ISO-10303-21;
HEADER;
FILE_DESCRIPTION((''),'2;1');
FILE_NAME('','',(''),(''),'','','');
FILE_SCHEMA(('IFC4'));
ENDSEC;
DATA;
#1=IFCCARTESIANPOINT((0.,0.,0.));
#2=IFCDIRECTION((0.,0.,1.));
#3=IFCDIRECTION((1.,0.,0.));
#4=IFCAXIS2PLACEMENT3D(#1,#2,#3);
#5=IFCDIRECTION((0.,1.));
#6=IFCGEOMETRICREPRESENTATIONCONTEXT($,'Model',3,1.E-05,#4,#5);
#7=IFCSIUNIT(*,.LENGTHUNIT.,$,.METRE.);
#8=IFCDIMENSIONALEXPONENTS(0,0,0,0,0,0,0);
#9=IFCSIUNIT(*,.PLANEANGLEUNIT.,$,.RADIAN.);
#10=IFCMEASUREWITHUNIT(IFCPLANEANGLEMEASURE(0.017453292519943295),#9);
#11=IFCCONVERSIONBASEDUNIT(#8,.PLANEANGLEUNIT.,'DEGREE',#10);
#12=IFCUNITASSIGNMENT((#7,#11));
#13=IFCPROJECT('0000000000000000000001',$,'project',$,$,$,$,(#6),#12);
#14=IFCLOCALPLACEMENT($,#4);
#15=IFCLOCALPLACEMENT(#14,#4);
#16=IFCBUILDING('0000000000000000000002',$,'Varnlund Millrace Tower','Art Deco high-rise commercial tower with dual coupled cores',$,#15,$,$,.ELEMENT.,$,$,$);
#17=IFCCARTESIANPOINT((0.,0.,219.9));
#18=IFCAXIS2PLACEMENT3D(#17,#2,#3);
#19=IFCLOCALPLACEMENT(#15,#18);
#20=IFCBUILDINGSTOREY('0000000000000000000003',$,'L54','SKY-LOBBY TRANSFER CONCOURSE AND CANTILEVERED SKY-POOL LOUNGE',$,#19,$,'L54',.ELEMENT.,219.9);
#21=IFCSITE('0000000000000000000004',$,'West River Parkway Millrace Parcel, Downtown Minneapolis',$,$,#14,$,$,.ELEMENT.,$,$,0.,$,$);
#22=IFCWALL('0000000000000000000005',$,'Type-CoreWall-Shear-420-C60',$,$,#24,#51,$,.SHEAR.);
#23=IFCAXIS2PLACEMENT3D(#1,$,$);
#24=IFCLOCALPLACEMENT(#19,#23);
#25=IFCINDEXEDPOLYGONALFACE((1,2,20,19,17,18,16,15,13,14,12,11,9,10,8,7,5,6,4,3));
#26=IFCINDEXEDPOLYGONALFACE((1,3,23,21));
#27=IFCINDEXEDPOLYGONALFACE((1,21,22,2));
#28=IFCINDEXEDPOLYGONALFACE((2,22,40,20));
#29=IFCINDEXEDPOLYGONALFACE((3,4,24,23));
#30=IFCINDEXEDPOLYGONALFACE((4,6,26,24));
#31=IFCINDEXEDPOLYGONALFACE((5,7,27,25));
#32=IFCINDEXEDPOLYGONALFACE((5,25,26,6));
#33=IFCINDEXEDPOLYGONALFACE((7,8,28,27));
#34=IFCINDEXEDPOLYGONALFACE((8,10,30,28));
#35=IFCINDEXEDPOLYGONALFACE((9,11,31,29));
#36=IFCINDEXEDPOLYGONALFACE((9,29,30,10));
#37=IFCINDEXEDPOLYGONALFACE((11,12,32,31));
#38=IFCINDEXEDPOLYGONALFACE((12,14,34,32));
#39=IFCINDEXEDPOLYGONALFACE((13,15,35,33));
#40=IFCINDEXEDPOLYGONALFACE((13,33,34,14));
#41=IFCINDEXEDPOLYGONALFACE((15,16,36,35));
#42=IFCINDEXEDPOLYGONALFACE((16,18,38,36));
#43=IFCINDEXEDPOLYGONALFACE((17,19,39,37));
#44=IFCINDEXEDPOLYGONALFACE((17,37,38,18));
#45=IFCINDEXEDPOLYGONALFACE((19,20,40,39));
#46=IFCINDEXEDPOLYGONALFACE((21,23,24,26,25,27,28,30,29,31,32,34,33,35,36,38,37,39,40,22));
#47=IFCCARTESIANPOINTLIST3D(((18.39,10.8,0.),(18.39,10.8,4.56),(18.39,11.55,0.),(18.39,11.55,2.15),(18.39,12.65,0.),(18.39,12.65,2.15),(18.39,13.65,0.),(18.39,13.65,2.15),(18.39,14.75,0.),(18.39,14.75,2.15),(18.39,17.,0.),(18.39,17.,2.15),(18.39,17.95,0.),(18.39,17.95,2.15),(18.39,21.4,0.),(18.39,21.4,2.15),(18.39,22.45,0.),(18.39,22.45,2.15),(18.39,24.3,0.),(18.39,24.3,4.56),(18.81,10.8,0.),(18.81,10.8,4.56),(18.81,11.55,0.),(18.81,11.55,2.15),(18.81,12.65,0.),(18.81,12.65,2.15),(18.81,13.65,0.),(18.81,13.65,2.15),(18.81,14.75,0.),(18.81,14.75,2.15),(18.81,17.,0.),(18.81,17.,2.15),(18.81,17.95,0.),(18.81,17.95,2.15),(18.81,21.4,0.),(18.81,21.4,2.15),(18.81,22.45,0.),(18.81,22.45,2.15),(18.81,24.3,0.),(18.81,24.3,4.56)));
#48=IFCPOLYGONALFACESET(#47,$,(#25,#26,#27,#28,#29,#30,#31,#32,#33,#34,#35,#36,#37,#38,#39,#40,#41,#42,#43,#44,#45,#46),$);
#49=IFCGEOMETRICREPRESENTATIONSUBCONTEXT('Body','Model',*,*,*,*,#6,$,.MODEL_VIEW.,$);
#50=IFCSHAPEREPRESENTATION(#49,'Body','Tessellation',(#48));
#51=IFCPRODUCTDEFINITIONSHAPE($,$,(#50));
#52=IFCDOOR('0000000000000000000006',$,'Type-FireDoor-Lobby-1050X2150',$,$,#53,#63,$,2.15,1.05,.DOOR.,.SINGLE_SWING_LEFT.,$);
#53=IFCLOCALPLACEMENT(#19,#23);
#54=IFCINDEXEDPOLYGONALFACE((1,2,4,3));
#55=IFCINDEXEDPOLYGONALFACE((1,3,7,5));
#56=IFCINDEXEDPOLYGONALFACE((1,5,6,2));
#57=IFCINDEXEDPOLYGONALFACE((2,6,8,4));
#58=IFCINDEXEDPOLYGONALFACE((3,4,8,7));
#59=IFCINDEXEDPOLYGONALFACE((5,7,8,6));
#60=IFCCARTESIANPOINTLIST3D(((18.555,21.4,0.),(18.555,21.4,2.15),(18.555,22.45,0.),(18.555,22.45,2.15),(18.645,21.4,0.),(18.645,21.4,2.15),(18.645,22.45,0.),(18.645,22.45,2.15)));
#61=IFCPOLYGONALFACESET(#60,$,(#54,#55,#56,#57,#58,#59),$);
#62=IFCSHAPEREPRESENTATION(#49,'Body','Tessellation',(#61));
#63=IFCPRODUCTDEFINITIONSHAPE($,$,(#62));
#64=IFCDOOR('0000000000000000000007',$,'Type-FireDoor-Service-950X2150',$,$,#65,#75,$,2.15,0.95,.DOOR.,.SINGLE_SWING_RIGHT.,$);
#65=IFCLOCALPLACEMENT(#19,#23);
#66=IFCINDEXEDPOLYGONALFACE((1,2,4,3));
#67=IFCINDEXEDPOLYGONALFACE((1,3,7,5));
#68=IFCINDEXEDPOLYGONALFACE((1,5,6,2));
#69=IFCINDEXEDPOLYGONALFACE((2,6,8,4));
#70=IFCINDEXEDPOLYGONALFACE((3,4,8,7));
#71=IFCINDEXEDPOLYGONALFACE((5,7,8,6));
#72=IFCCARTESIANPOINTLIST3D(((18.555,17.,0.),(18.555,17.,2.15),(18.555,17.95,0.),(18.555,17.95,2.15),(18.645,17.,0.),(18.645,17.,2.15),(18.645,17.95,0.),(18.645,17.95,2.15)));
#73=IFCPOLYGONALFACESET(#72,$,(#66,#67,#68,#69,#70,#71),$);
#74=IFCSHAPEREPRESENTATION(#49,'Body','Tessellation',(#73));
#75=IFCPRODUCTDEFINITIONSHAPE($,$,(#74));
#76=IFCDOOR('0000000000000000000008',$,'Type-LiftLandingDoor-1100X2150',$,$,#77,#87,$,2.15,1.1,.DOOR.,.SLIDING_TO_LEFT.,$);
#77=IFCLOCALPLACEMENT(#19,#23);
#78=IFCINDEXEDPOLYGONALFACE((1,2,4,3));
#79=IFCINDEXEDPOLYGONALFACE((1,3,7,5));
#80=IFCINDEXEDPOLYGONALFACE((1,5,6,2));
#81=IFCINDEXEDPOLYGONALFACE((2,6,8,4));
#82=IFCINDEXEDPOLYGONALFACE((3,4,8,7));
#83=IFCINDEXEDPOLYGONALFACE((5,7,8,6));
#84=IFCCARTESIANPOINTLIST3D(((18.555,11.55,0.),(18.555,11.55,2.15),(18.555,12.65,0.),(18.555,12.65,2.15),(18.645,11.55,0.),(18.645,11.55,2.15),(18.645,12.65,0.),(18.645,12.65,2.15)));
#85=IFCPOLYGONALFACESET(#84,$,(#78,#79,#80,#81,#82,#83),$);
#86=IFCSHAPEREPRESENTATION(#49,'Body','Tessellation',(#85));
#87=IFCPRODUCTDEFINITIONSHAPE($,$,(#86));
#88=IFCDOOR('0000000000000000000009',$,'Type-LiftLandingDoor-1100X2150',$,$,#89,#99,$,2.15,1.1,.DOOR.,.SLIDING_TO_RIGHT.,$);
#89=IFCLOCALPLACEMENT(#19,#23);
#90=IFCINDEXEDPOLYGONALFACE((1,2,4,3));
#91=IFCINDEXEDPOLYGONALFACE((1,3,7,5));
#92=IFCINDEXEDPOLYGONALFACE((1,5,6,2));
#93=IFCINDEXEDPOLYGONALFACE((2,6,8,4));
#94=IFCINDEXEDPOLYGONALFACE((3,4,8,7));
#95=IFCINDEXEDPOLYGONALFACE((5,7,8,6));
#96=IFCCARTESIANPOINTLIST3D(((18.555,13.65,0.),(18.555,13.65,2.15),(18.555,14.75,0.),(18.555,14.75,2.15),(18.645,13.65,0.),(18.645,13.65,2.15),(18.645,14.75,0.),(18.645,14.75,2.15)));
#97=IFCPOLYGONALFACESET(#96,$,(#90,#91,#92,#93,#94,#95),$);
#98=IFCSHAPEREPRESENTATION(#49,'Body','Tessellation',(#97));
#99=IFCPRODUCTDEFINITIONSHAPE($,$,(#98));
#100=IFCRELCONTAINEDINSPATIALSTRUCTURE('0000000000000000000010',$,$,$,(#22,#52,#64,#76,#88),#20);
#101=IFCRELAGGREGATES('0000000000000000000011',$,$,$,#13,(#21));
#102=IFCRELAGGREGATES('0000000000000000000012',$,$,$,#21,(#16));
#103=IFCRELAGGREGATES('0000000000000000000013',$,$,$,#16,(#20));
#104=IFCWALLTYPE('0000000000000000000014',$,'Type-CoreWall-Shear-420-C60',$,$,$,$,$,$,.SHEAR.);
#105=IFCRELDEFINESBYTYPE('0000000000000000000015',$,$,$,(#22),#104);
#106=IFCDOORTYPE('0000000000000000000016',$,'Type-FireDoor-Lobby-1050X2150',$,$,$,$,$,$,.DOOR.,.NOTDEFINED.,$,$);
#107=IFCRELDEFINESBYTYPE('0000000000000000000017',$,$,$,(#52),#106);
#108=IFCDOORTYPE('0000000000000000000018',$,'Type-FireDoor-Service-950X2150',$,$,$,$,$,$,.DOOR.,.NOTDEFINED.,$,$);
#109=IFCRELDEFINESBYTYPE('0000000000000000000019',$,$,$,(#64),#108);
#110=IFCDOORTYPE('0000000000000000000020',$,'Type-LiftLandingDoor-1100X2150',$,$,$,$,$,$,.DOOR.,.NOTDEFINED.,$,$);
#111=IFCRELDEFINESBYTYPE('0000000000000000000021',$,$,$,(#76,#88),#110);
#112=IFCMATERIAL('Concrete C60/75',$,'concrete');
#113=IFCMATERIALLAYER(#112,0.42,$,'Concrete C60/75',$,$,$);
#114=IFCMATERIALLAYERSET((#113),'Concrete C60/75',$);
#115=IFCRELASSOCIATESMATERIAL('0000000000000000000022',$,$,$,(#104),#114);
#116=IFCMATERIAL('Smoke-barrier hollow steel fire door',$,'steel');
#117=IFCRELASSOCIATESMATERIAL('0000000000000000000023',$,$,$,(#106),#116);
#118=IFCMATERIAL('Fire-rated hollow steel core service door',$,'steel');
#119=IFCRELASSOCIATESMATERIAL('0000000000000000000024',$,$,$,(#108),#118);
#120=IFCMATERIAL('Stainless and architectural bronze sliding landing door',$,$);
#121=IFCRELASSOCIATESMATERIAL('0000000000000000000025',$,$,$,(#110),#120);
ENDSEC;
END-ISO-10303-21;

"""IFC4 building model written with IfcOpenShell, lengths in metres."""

from ifc_helpers import new_model, entity, si_unit, converted_unit, direction, frame, origin_with_axes, origin_2d_with_axis, place, context, subcontext, project, spatial, polyline, rectangle, outline, extrude, material, layer, layer_set, type_object, element, fill, save


model = new_model("IFC4")

# Units and contexts
model_context = context("Model", 3, precision=1e-05, world=origin_with_axes(), true_north=direction((0.0, 1.0)))
body_context = subcontext(model_context, "Body", "Model", "MODEL_VIEW")
ifc_project = project(units=[si_unit("LENGTHUNIT", "METRE"), converted_unit("PLANEANGLEUNIT", "DEGREE", entity("IfcPlaneAngleMeasure", 0.017453292519943295), si_unit("PLANEANGLEUNIT", "RADIAN"), dimensions=[0, 0, 0, 0, 0, 0, 0])], contexts=[model_context])

# Site, building, storey
site_placement = place(None, origin_with_axes())
site = spatial("IfcSite", under=ifc_project, at=site_placement, Name="West River Parkway Millrace Parcel, Downtown Minneapolis", CompositionType="ELEMENT", RefElevation=0.0)
building_placement = place(site_placement, origin_with_axes())
building = spatial("IfcBuilding", under=site, at=building_placement, Name="Varnlund Millrace Tower", Description="Art Deco high-rise commercial tower with dual coupled cores", CompositionType="ELEMENT")
storey_placement = place(building_placement, frame((0.0, 0.0, 219.9), z_axis=(0.0, 0.0, 1.0), x_axis=(1.0, 0.0, 0.0)))
storey = spatial("IfcBuildingStorey", under=building, at=storey_placement, Name="L54", Description="SKY-LOBBY TRANSFER CONCOURSE AND CANTILEVERED SKY-POOL LOUNGE", LongName="L54", CompositionType="ELEMENT", Elevation=219.9)

# Wall, openings, doors
ifc_material_1 = material(Name="Concrete C60/75", Category="concrete")
ifc_layer_1 = layer(ifc_material_1, 0.42, Name="Concrete C60/75")
ifc_layer_set_1 = layer_set([ifc_layer_1], Name="Concrete C60/75")
wall_type_1 = type_object("IfcWallType", Name="Type-CoreWall-Shear-420-C60", PredefinedType="SHEAR", material=ifc_layer_set_1)
wall_1_placement = place(storey_placement, frame((18.6, 10.8, 0.0), z_axis=(0.0, 0.0, 1.0), x_axis=(0.0, 1.0, 0.0)))
wall_1 = element("IfcWall", 1, at=wall_1_placement, inside=storey, type_object=wall_type_1, Name="Type-CoreWall-Shear-420-C60", PredefinedType="SHEAR", context=body_context, shape_type="SweptSolid", body=[
    extrude(outline(polyline([(0.0, -0.21), (13.5, -0.21), (13.5, 0.21), (0.0, 0.21), (0.0, -0.21)])), origin_with_axes(), (0.0, 0.0, 1.0), 4.56),
])
opening_1_placement = place(wall_1_placement, frame((1.3, 0.0, 0.0), z_axis=(0.0, 0.0, 1.0), x_axis=(1.0, 0.0, 0.0)))
opening_1 = element("IfcOpeningElement", 2, at=opening_1_placement, cuts=wall_1, PredefinedType="OPENING", context=body_context, shape_type="SweptSolid", body=[
    extrude(rectangle(XDim=1.1, YDim=0.44, at=origin_2d_with_axis()), origin_with_axes(), (0.0, 0.0, 1.0), 2.15),
])
opening_2_placement = place(wall_1_placement, frame((3.4, 0.0, 0.0), z_axis=(0.0, 0.0, 1.0), x_axis=(1.0, 0.0, 0.0)))
opening_2 = element("IfcOpeningElement", 3, at=opening_2_placement, cuts=wall_1, PredefinedType="OPENING", context=body_context, shape_type="SweptSolid", body=[
    extrude(rectangle(XDim=1.1, YDim=0.44, at=origin_2d_with_axis()), origin_with_axes(), (0.0, 0.0, 1.0), 2.15),
])
opening_3_placement = place(wall_1_placement, frame((11.125, 0.0, 0.0), z_axis=(0.0, 0.0, 1.0), x_axis=(1.0, 0.0, 0.0)))
opening_3 = element("IfcOpeningElement", 4, at=opening_3_placement, cuts=wall_1, PredefinedType="OPENING", context=body_context, shape_type="SweptSolid", body=[
    extrude(rectangle(XDim=1.05, YDim=0.44, at=origin_2d_with_axis()), origin_with_axes(), (0.0, 0.0, 1.0), 2.15),
])
opening_4_placement = place(wall_1_placement, frame((6.675, 0.0, 0.0), z_axis=(0.0, 0.0, 1.0), x_axis=(1.0, 0.0, 0.0)))
opening_4 = element("IfcOpeningElement", 5, at=opening_4_placement, cuts=wall_1, PredefinedType="OPENING", context=body_context, shape_type="SweptSolid", body=[
    extrude(rectangle(XDim=0.95, YDim=0.44, at=origin_2d_with_axis()), origin_with_axes(), (0.0, 0.0, 1.0), 2.15),
])
ifc_material_2 = material(Name="Smoke-barrier hollow steel fire door", Category="steel")
door_type_1 = type_object("IfcDoorType", Name="Type-FireDoor-Lobby-1050X2150", OperationType="NOTDEFINED", PredefinedType="DOOR", material=ifc_material_2)
door_1_placement = place(wall_1_placement, frame((11.125, 0.0, 0.0), z_axis=(0.0, 0.0, 1.0), x_axis=(1.0, 0.0, 0.0)))
door_1 = element("IfcDoor", 6, at=door_1_placement, inside=storey, type_object=door_type_1, Name="Type-FireDoor-Lobby-1050X2150", OperationType="SINGLE_SWING_LEFT", OverallHeight=2.15, OverallWidth=1.05, PredefinedType="DOOR", context=body_context, shape_type="SweptSolid", body=[
    extrude(rectangle(XDim=1.05, YDim=0.09, at=origin_2d_with_axis()), origin_with_axes(), (0.0, 0.0, 1.0), 2.15),
])
fill(opening_3, door_1)
ifc_material_3 = material(Name="Fire-rated hollow steel core service door", Category="steel")
door_type_2 = type_object("IfcDoorType", Name="Type-FireDoor-Service-950X2150", OperationType="NOTDEFINED", PredefinedType="DOOR", material=ifc_material_3)
door_2_placement = place(wall_1_placement, frame((6.675, 0.0, 0.0), z_axis=(0.0, 0.0, 1.0), x_axis=(1.0, 0.0, 0.0)))
door_2 = element("IfcDoor", 7, at=door_2_placement, inside=storey, type_object=door_type_2, Name="Type-FireDoor-Service-950X2150", OperationType="SINGLE_SWING_RIGHT", OverallHeight=2.15, OverallWidth=0.95, PredefinedType="DOOR", context=body_context, shape_type="SweptSolid", body=[
    extrude(rectangle(XDim=0.95, YDim=0.09, at=origin_2d_with_axis()), origin_with_axes(), (0.0, 0.0, 1.0), 2.15),
])
fill(opening_4, door_2)
ifc_material_4 = material(Name="Stainless and architectural bronze sliding landing door")
door_type_3 = type_object("IfcDoorType", Name="Type-LiftLandingDoor-1100X2150", OperationType="NOTDEFINED", PredefinedType="DOOR", material=ifc_material_4)
door_3_placement = place(wall_1_placement, frame((1.3, 0.0, 0.0), z_axis=(0.0, 0.0, 1.0), x_axis=(1.0, 0.0, 0.0)))
door_3 = element("IfcDoor", 8, at=door_3_placement, inside=storey, type_object=door_type_3, Name="Type-LiftLandingDoor-1100X2150", OperationType="SLIDING_TO_LEFT", OverallHeight=2.15, OverallWidth=1.1, PredefinedType="DOOR", context=body_context, shape_type="SweptSolid", body=[
    extrude(rectangle(XDim=1.1, YDim=0.09, at=origin_2d_with_axis()), origin_with_axes(), (0.0, 0.0, 1.0), 2.15),
])
fill(opening_1, door_3)
door_4_placement = place(wall_1_placement, frame((3.4, 0.0, 0.0), z_axis=(0.0, 0.0, 1.0), x_axis=(1.0, 0.0, 0.0)))
door_4 = element("IfcDoor", 9, at=door_4_placement, inside=storey, type_object=door_type_3, Name="Type-LiftLandingDoor-1100X2150", OperationType="SLIDING_TO_RIGHT", OverallHeight=2.15, OverallWidth=1.1, PredefinedType="DOOR", context=body_context, shape_type="SweptSolid", body=[
    extrude(rectangle(XDim=1.1, YDim=0.09, at=origin_2d_with_axis()), origin_with_axes(), (0.0, 0.0, 1.0), 2.15),
])
fill(opening_2, door_4)

save(model, "model.ifc")
